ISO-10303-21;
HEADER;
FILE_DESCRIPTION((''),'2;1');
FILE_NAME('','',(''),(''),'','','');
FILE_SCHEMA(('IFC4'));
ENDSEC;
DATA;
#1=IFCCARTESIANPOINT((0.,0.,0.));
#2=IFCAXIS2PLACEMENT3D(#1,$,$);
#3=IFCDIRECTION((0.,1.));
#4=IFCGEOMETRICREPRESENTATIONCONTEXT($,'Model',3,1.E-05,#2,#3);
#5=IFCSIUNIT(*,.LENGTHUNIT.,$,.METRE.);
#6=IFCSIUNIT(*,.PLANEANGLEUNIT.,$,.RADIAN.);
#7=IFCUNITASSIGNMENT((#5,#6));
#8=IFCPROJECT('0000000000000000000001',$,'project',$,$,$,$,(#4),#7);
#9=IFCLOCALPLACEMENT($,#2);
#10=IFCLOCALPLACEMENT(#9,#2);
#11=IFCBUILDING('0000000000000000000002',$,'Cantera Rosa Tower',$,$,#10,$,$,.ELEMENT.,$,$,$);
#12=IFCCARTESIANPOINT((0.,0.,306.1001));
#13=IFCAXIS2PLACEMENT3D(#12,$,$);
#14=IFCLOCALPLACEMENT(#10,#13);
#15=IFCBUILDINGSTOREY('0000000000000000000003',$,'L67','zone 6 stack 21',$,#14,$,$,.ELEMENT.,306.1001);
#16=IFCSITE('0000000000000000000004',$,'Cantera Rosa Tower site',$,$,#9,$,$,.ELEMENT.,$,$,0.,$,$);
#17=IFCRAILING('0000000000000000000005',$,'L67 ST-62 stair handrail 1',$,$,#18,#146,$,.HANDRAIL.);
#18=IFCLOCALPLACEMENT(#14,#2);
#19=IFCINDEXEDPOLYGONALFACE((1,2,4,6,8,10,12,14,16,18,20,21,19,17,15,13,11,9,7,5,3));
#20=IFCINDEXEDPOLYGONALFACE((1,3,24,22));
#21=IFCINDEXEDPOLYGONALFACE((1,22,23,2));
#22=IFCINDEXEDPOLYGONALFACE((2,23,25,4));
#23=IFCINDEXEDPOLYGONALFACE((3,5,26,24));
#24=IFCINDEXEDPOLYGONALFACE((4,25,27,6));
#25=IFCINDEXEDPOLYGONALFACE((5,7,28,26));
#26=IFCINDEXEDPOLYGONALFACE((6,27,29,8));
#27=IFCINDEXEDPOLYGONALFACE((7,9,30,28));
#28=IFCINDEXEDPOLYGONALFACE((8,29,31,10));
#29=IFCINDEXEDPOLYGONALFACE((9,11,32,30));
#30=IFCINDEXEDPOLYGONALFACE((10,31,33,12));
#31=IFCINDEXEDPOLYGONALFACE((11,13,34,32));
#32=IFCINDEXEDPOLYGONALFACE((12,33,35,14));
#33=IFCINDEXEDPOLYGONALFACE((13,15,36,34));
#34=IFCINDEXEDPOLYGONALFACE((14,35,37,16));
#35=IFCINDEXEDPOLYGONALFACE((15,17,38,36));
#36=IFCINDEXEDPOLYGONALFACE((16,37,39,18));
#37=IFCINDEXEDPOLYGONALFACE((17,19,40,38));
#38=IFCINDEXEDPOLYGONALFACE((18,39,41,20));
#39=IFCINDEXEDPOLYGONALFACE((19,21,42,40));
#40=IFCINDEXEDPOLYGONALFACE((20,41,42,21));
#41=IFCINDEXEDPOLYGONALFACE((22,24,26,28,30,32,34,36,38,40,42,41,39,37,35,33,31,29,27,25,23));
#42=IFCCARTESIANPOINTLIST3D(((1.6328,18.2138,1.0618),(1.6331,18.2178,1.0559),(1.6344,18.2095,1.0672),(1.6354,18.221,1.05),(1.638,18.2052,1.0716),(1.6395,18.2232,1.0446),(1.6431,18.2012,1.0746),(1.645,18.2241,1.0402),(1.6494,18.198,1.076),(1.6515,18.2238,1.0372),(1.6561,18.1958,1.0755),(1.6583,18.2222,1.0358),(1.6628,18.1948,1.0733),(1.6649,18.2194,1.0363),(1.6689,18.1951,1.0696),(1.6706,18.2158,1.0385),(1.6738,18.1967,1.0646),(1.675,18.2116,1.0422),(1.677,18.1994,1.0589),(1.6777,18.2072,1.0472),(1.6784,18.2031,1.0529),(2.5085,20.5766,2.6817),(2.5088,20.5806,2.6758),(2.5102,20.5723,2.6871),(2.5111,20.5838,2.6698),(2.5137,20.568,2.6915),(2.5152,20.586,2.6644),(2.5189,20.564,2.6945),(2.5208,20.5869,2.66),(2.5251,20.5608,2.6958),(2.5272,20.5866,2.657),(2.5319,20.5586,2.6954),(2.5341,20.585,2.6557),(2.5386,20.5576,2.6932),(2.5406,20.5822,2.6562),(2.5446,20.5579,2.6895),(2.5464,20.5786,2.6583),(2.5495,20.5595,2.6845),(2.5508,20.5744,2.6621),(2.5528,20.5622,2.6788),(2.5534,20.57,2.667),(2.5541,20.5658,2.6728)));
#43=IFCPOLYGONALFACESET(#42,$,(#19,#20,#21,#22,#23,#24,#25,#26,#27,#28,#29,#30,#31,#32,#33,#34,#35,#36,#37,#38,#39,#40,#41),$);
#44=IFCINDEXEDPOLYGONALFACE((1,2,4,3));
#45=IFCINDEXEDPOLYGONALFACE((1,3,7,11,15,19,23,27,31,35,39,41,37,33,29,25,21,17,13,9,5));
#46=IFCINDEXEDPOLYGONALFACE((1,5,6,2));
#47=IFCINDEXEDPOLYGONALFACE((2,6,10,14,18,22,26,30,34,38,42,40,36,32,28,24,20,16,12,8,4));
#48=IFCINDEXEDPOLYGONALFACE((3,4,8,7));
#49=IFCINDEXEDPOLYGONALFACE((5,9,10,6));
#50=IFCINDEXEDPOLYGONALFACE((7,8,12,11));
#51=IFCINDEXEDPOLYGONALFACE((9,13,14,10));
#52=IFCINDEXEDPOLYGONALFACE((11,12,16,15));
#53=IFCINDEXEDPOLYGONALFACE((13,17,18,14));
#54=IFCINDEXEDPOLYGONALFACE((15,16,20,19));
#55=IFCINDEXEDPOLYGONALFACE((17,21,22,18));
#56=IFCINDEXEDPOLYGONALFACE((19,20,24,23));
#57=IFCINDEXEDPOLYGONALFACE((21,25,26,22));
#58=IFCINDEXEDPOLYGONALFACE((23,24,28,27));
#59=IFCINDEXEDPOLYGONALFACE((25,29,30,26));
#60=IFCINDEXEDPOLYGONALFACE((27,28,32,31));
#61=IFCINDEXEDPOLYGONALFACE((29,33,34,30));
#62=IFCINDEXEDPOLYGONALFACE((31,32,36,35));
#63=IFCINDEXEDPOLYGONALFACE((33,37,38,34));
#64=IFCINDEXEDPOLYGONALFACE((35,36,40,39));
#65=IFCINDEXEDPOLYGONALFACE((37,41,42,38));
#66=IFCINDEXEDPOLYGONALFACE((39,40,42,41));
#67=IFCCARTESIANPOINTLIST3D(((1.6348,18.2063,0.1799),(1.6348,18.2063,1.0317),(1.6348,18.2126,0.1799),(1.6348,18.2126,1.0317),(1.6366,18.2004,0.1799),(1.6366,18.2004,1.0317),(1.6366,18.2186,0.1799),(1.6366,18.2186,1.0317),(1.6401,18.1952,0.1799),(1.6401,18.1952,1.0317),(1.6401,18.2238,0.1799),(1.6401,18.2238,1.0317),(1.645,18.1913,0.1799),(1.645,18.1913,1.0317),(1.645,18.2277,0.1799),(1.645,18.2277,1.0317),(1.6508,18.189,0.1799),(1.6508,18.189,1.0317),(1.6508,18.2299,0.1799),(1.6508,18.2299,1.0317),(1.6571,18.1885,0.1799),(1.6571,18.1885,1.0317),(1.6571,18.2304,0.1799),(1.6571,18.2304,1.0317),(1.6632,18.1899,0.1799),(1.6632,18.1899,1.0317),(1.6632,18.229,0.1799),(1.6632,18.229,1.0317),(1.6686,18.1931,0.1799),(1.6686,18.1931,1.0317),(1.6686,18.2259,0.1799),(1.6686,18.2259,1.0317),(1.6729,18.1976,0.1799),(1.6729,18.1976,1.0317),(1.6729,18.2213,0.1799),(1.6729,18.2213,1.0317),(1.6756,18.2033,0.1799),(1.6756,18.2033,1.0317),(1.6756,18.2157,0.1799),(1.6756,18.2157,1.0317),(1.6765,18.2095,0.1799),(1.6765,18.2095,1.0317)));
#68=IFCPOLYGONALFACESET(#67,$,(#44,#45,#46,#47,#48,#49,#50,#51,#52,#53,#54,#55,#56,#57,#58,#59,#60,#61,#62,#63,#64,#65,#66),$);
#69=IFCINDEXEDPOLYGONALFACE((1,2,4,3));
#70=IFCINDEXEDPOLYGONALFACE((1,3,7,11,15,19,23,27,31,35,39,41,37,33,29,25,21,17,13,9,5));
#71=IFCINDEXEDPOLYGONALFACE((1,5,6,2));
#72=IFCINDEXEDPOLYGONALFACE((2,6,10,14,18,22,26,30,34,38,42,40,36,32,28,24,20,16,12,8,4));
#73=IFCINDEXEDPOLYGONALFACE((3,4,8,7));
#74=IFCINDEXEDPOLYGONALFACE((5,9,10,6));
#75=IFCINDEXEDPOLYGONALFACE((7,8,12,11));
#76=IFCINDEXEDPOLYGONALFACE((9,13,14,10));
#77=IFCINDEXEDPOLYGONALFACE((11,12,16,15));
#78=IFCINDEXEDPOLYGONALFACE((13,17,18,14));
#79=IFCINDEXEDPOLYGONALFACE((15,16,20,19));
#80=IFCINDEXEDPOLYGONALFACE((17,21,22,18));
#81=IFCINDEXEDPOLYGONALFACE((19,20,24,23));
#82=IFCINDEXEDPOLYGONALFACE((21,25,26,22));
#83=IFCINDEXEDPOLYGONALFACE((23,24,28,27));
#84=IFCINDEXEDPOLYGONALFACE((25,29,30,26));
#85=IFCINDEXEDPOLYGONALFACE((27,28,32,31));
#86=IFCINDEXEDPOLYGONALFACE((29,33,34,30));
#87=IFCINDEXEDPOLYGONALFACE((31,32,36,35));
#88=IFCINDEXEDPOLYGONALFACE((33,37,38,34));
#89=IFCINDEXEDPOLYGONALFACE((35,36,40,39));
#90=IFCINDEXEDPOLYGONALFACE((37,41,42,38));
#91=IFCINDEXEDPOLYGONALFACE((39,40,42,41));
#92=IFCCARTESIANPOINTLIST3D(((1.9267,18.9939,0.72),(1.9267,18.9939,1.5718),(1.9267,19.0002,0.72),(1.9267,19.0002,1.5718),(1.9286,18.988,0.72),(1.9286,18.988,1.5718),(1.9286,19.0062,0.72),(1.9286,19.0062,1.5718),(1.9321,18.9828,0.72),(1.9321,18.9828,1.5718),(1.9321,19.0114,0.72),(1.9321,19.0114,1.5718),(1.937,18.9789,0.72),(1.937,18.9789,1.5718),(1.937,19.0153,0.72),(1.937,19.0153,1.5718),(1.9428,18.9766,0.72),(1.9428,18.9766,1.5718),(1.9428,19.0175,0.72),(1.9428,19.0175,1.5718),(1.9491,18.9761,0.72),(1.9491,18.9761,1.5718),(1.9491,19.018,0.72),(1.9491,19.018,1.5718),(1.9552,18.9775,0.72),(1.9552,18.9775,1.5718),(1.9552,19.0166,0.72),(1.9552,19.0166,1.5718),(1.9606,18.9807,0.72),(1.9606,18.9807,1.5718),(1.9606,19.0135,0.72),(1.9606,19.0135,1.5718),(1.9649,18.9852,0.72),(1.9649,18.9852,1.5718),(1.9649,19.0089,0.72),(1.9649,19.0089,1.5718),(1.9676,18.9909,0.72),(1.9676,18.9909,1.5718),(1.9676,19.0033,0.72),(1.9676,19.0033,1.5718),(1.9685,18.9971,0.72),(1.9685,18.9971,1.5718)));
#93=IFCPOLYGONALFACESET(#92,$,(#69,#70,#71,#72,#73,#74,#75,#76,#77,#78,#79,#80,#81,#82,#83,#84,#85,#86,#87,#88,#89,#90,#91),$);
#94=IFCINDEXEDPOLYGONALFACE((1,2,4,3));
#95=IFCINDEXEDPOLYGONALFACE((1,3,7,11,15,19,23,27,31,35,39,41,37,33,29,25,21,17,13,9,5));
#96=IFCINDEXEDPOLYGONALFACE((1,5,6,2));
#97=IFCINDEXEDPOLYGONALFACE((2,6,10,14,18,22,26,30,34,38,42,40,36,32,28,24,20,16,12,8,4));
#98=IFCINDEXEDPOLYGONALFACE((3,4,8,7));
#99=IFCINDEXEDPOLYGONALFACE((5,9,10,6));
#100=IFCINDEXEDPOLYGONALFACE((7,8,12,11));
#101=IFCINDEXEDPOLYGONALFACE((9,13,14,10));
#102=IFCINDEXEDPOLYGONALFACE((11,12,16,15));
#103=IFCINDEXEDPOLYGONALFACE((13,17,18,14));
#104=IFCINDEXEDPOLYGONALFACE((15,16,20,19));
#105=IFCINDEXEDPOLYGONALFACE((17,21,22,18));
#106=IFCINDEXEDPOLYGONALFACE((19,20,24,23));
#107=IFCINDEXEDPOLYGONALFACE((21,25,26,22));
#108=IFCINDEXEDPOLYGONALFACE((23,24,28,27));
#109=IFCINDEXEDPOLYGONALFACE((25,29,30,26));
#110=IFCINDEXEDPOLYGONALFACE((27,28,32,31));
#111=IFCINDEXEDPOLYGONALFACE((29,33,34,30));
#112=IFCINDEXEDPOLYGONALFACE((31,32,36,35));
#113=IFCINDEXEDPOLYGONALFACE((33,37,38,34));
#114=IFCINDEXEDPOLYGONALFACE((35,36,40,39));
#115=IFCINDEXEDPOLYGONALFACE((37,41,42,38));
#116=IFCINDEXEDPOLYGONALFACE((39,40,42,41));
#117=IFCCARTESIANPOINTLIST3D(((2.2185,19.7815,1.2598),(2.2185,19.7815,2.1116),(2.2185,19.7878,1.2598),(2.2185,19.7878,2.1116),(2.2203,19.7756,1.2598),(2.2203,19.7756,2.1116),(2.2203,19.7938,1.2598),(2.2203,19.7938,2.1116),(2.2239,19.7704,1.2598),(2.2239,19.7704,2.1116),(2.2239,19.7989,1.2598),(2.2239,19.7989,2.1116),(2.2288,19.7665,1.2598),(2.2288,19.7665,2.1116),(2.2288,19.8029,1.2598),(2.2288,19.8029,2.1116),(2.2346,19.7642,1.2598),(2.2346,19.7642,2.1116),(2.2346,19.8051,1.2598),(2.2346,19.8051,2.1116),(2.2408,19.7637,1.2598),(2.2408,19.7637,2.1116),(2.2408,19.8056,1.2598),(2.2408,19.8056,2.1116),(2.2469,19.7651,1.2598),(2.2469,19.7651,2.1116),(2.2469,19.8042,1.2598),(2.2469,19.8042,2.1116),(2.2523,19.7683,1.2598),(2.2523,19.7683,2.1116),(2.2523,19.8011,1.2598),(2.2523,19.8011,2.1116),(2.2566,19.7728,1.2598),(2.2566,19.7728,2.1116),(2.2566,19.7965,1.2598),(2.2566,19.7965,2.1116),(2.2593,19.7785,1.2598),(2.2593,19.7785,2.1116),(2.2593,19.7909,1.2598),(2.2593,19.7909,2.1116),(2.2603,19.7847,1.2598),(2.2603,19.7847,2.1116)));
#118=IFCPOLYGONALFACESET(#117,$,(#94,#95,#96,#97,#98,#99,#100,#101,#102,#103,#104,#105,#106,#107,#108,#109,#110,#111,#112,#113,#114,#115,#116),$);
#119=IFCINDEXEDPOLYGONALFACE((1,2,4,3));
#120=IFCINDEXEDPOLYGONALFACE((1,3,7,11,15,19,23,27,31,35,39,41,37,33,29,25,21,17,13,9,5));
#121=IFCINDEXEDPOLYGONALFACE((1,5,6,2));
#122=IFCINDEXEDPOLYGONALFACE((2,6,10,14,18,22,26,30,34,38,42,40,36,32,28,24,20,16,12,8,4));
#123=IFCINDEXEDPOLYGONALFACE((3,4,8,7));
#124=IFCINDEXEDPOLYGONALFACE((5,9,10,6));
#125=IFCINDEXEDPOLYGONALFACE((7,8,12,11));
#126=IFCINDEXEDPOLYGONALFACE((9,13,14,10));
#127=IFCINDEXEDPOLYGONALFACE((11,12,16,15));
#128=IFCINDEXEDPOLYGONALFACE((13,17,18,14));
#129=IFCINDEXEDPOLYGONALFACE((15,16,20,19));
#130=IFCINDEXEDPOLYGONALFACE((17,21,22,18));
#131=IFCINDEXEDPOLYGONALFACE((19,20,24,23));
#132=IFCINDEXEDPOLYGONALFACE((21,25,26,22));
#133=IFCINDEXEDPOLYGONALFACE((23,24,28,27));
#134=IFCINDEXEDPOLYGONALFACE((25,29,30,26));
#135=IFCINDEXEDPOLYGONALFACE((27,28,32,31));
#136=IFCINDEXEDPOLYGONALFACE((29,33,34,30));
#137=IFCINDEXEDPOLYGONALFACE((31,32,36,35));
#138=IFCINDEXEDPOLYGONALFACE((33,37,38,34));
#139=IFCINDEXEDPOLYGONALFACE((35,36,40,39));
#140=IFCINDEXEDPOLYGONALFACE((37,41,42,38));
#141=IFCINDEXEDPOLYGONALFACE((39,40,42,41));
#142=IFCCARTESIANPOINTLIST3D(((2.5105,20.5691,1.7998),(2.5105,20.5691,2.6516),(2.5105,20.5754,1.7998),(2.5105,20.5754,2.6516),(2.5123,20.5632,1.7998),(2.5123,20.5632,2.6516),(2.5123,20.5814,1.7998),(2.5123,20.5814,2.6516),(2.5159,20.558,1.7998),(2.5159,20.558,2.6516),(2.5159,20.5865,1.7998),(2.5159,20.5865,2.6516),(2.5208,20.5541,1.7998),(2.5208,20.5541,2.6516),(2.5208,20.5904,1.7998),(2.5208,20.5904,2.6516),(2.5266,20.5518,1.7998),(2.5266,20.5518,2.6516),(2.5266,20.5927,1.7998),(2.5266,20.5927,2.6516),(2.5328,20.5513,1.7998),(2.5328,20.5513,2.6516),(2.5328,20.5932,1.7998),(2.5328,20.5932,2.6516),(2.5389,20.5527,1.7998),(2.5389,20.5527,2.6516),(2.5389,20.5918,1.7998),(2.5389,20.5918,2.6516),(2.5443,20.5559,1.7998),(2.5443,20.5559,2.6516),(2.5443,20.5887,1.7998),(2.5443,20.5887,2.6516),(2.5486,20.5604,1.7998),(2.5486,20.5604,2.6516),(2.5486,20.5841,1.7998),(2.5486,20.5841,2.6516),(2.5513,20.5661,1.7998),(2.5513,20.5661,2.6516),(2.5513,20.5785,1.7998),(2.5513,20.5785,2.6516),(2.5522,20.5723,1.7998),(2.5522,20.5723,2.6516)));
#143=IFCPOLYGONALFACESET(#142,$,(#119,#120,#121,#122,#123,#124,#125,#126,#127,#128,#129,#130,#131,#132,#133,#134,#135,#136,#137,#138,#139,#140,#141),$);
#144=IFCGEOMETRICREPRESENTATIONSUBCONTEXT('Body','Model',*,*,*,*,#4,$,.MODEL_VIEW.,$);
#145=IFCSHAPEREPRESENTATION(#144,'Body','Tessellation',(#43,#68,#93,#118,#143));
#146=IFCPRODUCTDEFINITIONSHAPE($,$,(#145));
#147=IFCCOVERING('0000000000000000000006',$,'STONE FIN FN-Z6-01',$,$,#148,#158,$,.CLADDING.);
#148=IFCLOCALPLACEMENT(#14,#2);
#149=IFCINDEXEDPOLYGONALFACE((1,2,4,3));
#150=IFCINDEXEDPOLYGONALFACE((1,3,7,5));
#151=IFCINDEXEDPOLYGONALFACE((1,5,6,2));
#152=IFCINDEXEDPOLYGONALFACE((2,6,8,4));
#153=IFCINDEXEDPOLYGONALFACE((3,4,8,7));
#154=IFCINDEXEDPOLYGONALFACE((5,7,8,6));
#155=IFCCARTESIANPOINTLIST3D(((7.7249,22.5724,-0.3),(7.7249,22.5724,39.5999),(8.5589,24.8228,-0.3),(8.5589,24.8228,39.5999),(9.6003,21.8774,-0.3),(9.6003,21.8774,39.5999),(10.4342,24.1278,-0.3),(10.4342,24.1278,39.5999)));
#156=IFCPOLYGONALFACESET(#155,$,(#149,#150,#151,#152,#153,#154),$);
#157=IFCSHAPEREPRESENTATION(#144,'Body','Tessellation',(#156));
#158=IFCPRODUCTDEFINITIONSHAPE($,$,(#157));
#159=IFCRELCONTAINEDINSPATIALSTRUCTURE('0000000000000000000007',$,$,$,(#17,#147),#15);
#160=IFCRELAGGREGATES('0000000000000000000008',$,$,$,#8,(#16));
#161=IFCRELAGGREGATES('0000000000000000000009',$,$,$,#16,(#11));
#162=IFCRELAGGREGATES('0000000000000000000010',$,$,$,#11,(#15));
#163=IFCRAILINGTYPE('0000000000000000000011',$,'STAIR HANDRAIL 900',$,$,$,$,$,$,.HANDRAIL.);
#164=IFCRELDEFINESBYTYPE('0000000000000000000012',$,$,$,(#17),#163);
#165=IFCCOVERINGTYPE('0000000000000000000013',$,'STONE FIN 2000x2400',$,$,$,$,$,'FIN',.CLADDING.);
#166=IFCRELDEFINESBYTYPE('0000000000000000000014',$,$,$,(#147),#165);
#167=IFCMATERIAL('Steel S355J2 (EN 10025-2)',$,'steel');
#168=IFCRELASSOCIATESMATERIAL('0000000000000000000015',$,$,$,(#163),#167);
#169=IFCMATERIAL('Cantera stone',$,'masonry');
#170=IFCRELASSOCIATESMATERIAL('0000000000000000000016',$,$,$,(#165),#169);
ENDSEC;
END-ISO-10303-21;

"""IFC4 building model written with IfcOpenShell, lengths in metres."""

from ifc_helpers import new_model, si_unit, direction, frame, origin, origin_2d, place, context, subcontext, project, spatial, rectangle, circle, extrude, material, type_object, element, save


model = new_model("IFC4")

# Units and contexts
model_context = context("Model", 3, precision=1e-05, world=origin(), true_north=direction((0.0, 1.0)))
body_context = subcontext(model_context, "Body", "Model", "MODEL_VIEW")
ifc_project = project(units=[si_unit("LENGTHUNIT", "METRE"), si_unit("PLANEANGLEUNIT", "RADIAN")], contexts=[model_context])

# Site, building, storey
site_placement = place(None, origin())
site = spatial("IfcSite", under=ifc_project, at=site_placement, Name="Cantera Rosa Tower site", CompositionType="ELEMENT", RefElevation=0.0)
building_placement = place(site_placement, origin())
building = spatial("IfcBuilding", under=site, at=building_placement, Name="Cantera Rosa Tower", CompositionType="ELEMENT")
storey_placement = place(building_placement, frame((0.0, 0.0, 306.1001)))
storey = spatial("IfcBuildingStorey", under=building, at=storey_placement, Name="L67", Description="zone 6 stack 21", CompositionType="ELEMENT", Elevation=306.1001)

# Railing
ifc_material_1 = material(Name="Steel S355J2 (EN 10025-2)", Category="steel")
railing_type_1 = type_object("IfcRailingType", Name="STAIR HANDRAIL 900", PredefinedType="HANDRAIL", material=ifc_material_1)
railing_1_placement = place(storey_placement, frame((1.6555, 18.2095, 0.1799)))
element("IfcRailing", 1, at=railing_1_placement, inside=storey, type_object=railing_type_1, Name="L67 ST-62 stair handrail 1", PredefinedType="HANDRAIL", context=body_context, shape_type="SweptSolid", body=[
    extrude(circle(Radius=0.0239, at=origin_2d()), frame((0.0, 0.0, 0.876), z_axis=(0.292338, 0.788752, 0.540749), x_axis=(-0.937668, 0.347532, 0.0)), (0.0, 0.0, 1.0), 2.9956),
    extrude(circle(Radius=0.021, at=origin_2d()), origin(), (0.0, 0.0, 1.0), 0.8518),
    extrude(circle(Radius=0.021, at=origin_2d()), frame((0.292, 0.7876, 0.54)), (0.0, 0.0, 1.0), 0.8518),
    extrude(circle(Radius=0.021, at=origin_2d()), frame((0.5837, 1.5752, 1.0798)), (0.0, 0.0, 1.0), 0.8518),
    extrude(circle(Radius=0.021, at=origin_2d()), frame((0.8757, 2.3628, 1.6199)), (0.0, 0.0, 1.0), 0.8518),
])

# Covering
ifc_material_2 = material(Name="Cantera stone", Category="masonry")
covering_type = type_object("IfcCoveringType", Name="STONE FIN 2000x2400", ElementType="FIN", PredefinedType="CLADDING", material=ifc_material_2)
covering_placement = place(storey_placement, frame((9.0796, 23.3501, -0.3), z_axis=(0.0, 0.0, 1.0), x_axis=(-0.937687, 0.347481, 0.0)))
element("IfcCovering", 2, at=covering_placement, inside=storey, type_object=covering_type, Name="STONE FIN FN-Z6-01", PredefinedType="CLADDING", context=body_context, shape_type="SweptSolid", body=[
    extrude(rectangle(XDim=2.0, YDim=2.3999, at=origin_2d()), origin(), (0.0, 0.0, 1.0), 39.8999),
])

save(model, "model.ifc")
